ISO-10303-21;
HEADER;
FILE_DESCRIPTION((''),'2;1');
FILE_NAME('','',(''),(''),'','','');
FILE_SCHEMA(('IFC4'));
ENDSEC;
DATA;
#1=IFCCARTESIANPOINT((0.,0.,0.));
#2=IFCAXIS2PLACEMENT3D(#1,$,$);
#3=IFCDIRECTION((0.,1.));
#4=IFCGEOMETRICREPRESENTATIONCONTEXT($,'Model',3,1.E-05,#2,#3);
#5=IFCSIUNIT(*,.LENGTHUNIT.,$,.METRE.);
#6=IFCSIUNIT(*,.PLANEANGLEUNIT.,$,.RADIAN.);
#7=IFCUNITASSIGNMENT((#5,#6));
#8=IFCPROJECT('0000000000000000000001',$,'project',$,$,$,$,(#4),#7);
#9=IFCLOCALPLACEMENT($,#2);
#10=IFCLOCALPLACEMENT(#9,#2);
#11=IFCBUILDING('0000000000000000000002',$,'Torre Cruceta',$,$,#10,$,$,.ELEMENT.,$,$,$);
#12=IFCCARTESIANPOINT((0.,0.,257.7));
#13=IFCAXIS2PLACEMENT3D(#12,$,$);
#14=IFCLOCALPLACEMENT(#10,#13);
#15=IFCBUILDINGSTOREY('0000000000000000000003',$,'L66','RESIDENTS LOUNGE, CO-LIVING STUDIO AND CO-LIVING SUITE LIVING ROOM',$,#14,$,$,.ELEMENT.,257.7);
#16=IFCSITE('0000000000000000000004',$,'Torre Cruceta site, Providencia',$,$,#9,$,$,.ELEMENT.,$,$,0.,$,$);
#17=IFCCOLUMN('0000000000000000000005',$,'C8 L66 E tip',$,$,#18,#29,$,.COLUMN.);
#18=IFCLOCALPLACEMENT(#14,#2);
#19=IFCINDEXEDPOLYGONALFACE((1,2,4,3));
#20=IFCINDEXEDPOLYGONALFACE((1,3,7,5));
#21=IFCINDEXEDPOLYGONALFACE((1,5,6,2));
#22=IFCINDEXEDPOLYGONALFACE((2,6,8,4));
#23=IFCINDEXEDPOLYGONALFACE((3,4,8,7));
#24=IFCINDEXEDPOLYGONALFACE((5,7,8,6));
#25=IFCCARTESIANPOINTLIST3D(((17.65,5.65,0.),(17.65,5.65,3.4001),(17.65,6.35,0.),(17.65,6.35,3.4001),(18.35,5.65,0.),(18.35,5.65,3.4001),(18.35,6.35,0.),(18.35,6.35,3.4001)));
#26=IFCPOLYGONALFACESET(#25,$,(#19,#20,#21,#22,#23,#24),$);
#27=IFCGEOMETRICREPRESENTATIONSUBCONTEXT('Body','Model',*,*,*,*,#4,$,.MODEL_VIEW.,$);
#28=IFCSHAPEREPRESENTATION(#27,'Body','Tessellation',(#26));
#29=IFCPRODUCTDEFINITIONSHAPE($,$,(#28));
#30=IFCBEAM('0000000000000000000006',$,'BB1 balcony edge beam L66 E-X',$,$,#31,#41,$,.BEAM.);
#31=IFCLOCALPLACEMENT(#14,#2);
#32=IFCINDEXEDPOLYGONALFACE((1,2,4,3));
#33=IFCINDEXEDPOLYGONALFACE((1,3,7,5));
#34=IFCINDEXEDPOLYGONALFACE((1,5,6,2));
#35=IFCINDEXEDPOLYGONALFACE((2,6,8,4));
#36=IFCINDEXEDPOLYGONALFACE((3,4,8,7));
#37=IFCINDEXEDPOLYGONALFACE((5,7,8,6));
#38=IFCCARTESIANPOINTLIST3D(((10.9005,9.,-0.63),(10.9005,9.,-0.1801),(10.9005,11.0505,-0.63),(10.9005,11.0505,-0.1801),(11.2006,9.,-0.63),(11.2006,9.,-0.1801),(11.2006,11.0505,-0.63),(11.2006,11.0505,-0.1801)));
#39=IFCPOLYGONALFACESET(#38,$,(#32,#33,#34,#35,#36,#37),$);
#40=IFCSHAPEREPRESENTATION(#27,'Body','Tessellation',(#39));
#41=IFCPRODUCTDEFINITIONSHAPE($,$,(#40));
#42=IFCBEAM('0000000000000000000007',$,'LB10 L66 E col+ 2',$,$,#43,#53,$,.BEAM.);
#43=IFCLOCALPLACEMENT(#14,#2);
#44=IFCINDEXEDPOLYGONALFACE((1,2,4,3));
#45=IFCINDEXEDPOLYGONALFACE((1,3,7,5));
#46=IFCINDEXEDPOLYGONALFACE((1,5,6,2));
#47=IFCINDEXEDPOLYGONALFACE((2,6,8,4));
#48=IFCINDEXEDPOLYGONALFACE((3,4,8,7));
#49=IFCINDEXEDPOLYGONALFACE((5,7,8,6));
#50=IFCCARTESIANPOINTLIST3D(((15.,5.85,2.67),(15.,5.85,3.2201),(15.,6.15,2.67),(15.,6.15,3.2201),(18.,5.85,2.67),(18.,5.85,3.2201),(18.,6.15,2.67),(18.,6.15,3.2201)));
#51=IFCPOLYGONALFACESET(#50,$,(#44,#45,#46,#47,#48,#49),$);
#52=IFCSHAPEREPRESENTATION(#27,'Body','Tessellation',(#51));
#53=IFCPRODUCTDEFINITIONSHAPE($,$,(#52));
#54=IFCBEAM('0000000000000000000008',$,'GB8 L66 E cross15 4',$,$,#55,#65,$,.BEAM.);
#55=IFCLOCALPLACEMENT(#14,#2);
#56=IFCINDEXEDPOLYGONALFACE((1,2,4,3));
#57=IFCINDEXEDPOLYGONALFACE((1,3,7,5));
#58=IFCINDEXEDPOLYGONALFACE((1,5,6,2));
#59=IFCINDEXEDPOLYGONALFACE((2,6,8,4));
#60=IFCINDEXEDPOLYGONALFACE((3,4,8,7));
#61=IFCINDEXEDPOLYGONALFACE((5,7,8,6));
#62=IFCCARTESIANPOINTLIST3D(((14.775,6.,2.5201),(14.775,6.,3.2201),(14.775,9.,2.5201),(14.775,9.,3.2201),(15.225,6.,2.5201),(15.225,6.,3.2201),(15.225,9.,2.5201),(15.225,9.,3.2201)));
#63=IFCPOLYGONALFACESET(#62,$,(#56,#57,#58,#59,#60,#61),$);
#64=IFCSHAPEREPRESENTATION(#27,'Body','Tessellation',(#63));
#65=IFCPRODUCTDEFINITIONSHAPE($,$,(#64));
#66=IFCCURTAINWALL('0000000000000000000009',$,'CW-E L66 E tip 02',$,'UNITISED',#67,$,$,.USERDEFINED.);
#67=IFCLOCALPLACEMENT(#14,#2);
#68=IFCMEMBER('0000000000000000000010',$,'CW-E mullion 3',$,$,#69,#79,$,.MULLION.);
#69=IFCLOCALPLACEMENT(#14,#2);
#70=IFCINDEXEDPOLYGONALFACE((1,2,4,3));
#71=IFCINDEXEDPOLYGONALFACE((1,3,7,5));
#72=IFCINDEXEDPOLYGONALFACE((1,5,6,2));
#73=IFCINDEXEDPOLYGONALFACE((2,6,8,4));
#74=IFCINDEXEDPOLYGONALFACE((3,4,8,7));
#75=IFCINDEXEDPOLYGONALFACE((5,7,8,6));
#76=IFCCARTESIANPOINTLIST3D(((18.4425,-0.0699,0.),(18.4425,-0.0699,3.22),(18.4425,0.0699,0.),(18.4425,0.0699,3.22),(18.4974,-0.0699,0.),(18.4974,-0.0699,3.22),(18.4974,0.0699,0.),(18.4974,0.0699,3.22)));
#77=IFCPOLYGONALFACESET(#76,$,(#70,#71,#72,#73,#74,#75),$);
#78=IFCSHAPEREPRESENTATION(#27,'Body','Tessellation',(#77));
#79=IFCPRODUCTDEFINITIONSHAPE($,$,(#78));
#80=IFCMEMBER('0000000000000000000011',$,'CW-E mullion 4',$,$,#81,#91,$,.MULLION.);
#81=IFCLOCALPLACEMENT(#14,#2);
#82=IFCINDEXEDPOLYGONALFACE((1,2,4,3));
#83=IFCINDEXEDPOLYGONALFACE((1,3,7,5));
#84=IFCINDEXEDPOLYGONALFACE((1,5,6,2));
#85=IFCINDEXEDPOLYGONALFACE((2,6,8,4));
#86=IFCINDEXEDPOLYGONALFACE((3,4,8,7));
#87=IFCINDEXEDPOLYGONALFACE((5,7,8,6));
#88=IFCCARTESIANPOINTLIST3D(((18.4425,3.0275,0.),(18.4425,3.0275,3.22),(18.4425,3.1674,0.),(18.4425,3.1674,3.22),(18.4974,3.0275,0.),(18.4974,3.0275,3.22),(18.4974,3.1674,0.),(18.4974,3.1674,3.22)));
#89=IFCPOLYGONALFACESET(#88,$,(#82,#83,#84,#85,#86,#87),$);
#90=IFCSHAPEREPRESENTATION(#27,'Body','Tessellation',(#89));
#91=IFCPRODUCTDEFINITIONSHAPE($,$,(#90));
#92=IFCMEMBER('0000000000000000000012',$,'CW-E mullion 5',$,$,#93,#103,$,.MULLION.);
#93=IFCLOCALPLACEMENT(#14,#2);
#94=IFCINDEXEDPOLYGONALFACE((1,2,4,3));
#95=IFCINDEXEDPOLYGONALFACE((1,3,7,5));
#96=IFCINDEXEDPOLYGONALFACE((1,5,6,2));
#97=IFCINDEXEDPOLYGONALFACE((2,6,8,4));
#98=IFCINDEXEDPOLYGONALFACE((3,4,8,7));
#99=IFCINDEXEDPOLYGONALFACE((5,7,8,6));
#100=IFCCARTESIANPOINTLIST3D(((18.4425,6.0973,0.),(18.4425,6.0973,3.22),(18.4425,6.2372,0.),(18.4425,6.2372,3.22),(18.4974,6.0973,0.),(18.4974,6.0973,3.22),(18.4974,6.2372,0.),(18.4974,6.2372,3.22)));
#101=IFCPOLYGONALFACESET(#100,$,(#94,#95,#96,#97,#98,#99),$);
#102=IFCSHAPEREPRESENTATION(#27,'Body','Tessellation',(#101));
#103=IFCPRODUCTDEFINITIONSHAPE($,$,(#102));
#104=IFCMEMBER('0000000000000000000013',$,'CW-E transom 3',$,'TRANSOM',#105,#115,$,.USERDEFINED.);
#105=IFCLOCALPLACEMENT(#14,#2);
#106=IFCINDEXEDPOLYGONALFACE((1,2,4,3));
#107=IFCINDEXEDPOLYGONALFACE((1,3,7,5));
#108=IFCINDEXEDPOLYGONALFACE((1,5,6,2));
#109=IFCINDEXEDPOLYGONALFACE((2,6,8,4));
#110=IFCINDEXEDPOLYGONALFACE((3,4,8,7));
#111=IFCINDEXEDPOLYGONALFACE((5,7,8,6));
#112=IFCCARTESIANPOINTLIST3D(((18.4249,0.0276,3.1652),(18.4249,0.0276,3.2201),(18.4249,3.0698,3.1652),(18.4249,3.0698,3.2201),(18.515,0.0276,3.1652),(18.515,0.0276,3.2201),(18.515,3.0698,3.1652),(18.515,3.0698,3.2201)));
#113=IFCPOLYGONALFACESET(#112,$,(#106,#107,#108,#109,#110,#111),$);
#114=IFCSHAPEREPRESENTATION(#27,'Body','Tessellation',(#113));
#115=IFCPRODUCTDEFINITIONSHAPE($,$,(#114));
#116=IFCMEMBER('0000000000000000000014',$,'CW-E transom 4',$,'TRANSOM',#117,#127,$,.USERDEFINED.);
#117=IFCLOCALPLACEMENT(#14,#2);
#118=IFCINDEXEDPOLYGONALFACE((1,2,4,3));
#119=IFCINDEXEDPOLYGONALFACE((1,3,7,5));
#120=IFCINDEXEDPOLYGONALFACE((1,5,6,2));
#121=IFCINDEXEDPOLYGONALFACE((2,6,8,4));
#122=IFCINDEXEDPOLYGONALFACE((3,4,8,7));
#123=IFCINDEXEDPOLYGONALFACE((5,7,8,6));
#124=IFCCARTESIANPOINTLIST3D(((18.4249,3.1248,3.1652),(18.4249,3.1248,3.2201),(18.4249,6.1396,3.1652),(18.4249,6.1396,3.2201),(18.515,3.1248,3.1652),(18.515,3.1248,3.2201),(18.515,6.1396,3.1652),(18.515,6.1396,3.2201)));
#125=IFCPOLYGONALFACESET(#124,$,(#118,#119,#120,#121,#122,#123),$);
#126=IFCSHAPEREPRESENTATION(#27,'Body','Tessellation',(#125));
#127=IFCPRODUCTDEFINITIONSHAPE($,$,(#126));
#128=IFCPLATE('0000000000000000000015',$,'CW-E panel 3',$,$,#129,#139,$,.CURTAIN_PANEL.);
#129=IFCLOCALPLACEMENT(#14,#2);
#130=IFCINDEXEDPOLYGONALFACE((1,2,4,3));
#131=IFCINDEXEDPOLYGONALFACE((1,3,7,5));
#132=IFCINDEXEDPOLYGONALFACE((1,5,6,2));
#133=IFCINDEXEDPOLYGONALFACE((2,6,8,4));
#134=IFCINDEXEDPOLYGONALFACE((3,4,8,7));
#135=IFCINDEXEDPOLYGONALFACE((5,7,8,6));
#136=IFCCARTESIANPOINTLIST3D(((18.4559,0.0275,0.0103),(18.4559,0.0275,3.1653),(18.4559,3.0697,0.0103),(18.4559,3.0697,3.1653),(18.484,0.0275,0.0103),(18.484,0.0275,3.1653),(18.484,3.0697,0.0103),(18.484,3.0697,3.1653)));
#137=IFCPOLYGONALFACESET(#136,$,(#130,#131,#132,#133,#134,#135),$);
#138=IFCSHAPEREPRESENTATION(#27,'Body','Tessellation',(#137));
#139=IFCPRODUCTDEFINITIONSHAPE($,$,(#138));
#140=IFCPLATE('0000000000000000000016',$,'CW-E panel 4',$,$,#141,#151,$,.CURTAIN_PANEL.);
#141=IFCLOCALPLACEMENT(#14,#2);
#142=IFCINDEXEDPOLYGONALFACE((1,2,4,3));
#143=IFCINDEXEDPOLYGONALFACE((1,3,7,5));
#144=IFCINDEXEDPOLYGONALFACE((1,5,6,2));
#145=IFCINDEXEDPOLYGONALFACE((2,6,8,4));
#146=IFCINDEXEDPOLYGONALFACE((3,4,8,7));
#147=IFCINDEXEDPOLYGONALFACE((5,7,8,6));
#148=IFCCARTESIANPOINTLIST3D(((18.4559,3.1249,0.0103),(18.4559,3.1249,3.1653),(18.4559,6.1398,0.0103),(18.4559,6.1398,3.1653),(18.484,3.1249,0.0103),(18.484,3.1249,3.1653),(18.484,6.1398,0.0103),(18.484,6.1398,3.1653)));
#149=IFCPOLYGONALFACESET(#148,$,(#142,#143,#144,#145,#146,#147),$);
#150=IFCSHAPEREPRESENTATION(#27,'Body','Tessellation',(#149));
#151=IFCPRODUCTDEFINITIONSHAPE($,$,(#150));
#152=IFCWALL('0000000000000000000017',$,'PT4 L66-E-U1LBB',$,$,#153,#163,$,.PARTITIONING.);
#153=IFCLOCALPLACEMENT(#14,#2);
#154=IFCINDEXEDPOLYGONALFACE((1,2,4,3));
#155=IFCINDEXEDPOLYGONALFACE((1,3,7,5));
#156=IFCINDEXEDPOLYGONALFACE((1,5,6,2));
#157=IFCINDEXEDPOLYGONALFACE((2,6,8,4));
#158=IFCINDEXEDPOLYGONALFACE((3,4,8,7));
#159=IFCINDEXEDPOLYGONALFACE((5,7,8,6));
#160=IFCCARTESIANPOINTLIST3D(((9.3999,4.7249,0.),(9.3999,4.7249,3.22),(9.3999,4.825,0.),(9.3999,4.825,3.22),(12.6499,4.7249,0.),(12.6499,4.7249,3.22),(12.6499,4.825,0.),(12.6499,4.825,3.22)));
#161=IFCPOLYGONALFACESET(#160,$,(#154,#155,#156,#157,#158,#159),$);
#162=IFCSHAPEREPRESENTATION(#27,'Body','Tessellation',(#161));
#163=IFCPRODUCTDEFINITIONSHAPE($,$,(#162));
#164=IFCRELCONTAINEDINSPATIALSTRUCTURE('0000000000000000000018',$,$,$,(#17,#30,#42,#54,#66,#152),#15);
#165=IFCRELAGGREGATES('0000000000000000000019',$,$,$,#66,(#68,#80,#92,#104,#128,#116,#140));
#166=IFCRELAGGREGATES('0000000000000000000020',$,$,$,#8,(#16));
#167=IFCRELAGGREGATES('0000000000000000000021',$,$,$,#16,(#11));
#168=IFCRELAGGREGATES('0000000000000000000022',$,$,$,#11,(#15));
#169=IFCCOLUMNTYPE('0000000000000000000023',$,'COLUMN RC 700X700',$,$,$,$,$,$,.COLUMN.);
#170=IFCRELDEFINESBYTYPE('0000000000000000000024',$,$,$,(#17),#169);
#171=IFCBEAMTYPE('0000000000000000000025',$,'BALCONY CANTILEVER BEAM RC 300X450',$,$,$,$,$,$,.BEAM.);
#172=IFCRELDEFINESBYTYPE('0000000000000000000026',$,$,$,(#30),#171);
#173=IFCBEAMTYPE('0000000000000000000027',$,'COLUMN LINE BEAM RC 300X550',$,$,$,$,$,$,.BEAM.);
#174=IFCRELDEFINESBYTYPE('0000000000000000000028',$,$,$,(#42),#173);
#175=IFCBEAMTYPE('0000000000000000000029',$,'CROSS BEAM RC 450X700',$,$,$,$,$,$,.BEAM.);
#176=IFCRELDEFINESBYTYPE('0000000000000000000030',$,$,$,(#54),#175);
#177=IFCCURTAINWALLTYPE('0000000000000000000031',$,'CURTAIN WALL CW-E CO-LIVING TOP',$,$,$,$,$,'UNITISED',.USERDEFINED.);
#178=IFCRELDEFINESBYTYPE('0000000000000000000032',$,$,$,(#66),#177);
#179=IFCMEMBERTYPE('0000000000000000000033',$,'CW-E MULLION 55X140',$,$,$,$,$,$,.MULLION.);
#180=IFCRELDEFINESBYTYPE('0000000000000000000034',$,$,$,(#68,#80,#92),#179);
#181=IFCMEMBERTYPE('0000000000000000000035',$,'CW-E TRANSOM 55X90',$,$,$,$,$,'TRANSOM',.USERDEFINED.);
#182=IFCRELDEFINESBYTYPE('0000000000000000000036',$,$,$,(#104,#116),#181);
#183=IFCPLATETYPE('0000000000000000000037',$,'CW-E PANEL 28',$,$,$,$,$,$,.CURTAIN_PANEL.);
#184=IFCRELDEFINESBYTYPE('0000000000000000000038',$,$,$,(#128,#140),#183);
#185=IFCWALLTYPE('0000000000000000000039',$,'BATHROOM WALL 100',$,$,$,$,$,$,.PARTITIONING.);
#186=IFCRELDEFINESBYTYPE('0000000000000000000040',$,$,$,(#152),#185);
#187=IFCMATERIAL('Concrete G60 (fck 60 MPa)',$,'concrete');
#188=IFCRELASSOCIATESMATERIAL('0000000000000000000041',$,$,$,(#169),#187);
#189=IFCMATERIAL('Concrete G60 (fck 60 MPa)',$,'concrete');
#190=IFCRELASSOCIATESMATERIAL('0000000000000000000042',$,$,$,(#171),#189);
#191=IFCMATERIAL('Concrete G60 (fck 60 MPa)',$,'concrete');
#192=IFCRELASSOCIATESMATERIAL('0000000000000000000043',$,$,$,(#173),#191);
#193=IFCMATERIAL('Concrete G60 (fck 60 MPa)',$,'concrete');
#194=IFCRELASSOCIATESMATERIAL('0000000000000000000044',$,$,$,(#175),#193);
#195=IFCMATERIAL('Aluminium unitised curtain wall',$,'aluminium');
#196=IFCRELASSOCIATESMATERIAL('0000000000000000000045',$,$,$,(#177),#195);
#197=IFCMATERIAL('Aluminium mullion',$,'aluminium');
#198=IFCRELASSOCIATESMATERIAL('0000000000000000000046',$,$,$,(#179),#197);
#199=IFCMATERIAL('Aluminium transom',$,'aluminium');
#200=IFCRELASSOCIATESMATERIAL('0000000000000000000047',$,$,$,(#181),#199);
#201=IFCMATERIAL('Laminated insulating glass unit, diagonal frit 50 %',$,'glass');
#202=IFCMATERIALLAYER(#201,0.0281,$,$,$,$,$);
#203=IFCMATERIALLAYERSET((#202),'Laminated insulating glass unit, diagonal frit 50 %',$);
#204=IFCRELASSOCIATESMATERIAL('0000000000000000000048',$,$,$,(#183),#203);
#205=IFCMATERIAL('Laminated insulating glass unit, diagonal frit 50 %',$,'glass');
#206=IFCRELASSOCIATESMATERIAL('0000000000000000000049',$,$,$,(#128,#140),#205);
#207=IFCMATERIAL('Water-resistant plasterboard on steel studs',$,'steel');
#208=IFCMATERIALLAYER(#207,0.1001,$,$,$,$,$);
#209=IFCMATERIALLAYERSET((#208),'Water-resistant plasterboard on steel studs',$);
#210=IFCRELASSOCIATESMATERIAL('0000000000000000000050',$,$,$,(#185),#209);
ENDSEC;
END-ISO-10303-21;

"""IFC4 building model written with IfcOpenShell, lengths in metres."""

from ifc_helpers import new_model, si_unit, direction, frame, frame_2d, origin, origin_2d, place, context, subcontext, project, spatial, rectangle, extrude, material, layer, layer_set, material_profile, profile_set, type_object, element, aggregate, save


model = new_model("IFC4")

# Units and contexts
model_context = context("Model", 3, precision=1e-05, world=origin(), true_north=direction((0.0, 1.0)))
body_context = subcontext(model_context, "Body", "Model", "MODEL_VIEW")
ifc_project = project(units=[si_unit("LENGTHUNIT", "METRE"), si_unit("PLANEANGLEUNIT", "RADIAN")], contexts=[model_context])

# Site, building, storey
site_placement = place(None, origin())
site = spatial("IfcSite", under=ifc_project, at=site_placement, Name="Torre Cruceta site, Providencia", CompositionType="ELEMENT", RefElevation=0.0)
building_placement = place(site_placement, origin())
building = spatial("IfcBuilding", under=site, at=building_placement, Name="Torre Cruceta", CompositionType="ELEMENT")
storey_placement = place(building_placement, frame((0.0, 0.0, 257.7)))
storey = spatial("IfcBuildingStorey", under=building, at=storey_placement, Name="L66", Description="RESIDENTS LOUNGE, CO-LIVING STUDIO AND CO-LIVING SUITE LIVING ROOM", CompositionType="ELEMENT", Elevation=257.7)

# Column
ifc_material_1 = material(Name="Concrete G60 (fck 60 MPa)", Category="concrete")
ifc_material_profile_1 = material_profile(ifc_material_1, rectangle(XDim=0.7, YDim=0.7, at=origin_2d()), Name="RC 700X700")
ifc_profile_set_1 = profile_set([ifc_material_profile_1], Name="Concrete G60 (fck 60 MPa)")
column_type = type_object("IfcColumnType", Name="COLUMN RC 700X700", PredefinedType="COLUMN", material=ifc_profile_set_1)
column_placement = place(storey_placement, frame((18.0, 6.0, 0.0), z_axis=(0.0, 0.0, 1.0), x_axis=(1.0, 0.0, 0.0)))
element("IfcColumn", 1, at=column_placement, inside=storey, type_object=column_type, Name="C8 L66 E tip", PredefinedType="COLUMN", context=body_context, shape_type="SweptSolid", body=[
    extrude(rectangle(XDim=0.7, YDim=0.7, at=origin_2d()), origin(), (0.0, 0.0, 1.0), 3.4001),
])

# Beams
ifc_material_2 = material(Name="Concrete G60 (fck 60 MPa)", Category="concrete")
ifc_material_profile_2 = material_profile(ifc_material_2, rectangle(XDim=0.3, YDim=0.45, at=origin_2d()), Name="RC 300X450")
ifc_profile_set_2 = profile_set([ifc_material_profile_2], Name="Concrete G60 (fck 60 MPa)")
beam_type_1 = type_object("IfcBeamType", Name="BALCONY CANTILEVER BEAM RC 300X450", PredefinedType="BEAM", material=ifc_profile_set_2)
beam_1_placement = place(storey_placement, frame((11.0505, 9.0, -0.405), z_axis=(0.0, 1.0, 0.0), x_axis=(-1.0, 0.0, 0.0)))
element("IfcBeam", 2, at=beam_1_placement, inside=storey, type_object=beam_type_1, Name="BB1 balcony edge beam L66 E-X", PredefinedType="BEAM", context=body_context, shape_type="SweptSolid", body=[
    extrude(rectangle(XDim=0.3, YDim=0.45, at=origin_2d()), origin(), (0.0, 0.0, 1.0), 2.0505),
])
ifc_material_3 = material(Name="Concrete G60 (fck 60 MPa)", Category="concrete")
ifc_material_profile_3 = material_profile(ifc_material_3, rectangle(XDim=0.3, YDim=0.55, at=origin_2d()), Name="RC 300X550")
ifc_profile_set_3 = profile_set([ifc_material_profile_3], Name="Concrete G60 (fck 60 MPa)")
beam_type_2 = type_object("IfcBeamType", Name="COLUMN LINE BEAM RC 300X550", PredefinedType="BEAM", material=ifc_profile_set_3)
beam_2_placement = place(storey_placement, frame((15.0, 6.0, 2.9451), z_axis=(1.0, 0.0, 0.0), x_axis=(0.0, 1.0, 0.0)))
element("IfcBeam", 3, at=beam_2_placement, inside=storey, type_object=beam_type_2, Name="LB10 L66 E col+ 2", PredefinedType="BEAM", context=body_context, shape_type="SweptSolid", body=[
    extrude(rectangle(XDim=0.3, YDim=0.55, at=origin_2d()), origin(), (0.0, 0.0, 1.0), 3.0),
])
ifc_material_4 = material(Name="Concrete G60 (fck 60 MPa)", Category="concrete")
ifc_material_profile_4 = material_profile(ifc_material_4, rectangle(XDim=0.45, YDim=0.7, at=origin_2d()), Name="RC 450X700")
ifc_profile_set_4 = profile_set([ifc_material_profile_4], Name="Concrete G60 (fck 60 MPa)")
beam_type_3 = type_object("IfcBeamType", Name="CROSS BEAM RC 450X700", PredefinedType="BEAM", material=ifc_profile_set_4)
beam_3_placement = place(storey_placement, frame((15.0, 6.0, 2.8701), z_axis=(0.0, 1.0, 0.0), x_axis=(-1.0, 0.0, 0.0)))
element("IfcBeam", 4, at=beam_3_placement, inside=storey, type_object=beam_type_3, Name="GB8 L66 E cross15 4", PredefinedType="BEAM", context=body_context, shape_type="SweptSolid", body=[
    extrude(rectangle(XDim=0.45, YDim=0.7, at=origin_2d()), origin(), (0.0, 0.0, 1.0), 3.0),
])

# Curtain wall, members, plates
ifc_material_5 = material(Name="Aluminium unitised curtain wall", Category="aluminium")
curtain_wall_type = type_object("IfcCurtainWallType", Name="CURTAIN WALL CW-E CO-LIVING TOP", ElementType="UNITISED", PredefinedType="USERDEFINED", material=ifc_material_5)
curtain_wall_placement = place(storey_placement, origin())
curtain_wall = element("IfcCurtainWall", 5, at=curtain_wall_placement, inside=storey, type_object=curtain_wall_type, Name="CW-E L66 E tip 02", ObjectType="UNITISED", PredefinedType="USERDEFINED")
ifc_material_6 = material(Name="Aluminium mullion", Category="aluminium")
ifc_material_profile_5 = material_profile(ifc_material_6, rectangle(XDim=0.0549, YDim=0.1399, at=origin_2d()), Name="AL 55X140")
ifc_profile_set_5 = profile_set([ifc_material_profile_5], Name="Aluminium mullion")
member_type_1 = type_object("IfcMemberType", Name="CW-E MULLION 55X140", PredefinedType="MULLION", material=ifc_profile_set_5)
member_1_placement = place(storey_placement, frame((18.47, 0.0, 0.0), z_axis=(0.0, 0.0, 1.0), x_axis=(-1.0, 0.0, 0.0)))
member_1 = element("IfcMember", 6, at=member_1_placement, type_object=member_type_1, Name="CW-E mullion 3", PredefinedType="MULLION", context=body_context, shape_type="SweptSolid", body=[
    extrude(rectangle(XDim=0.0549, YDim=0.1399, at=origin_2d()), origin(), (0.0, 0.0, 1.0), 3.22),
])
member_2_placement = place(storey_placement, frame((18.47, 3.0974, 0.0), z_axis=(0.0, 0.0, 1.0), x_axis=(-1.0, 0.0, 0.0)))
member_2 = element("IfcMember", 7, at=member_2_placement, type_object=member_type_1, Name="CW-E mullion 4", PredefinedType="MULLION", context=body_context, shape_type="SweptSolid", body=[
    extrude(rectangle(XDim=0.0549, YDim=0.1399, at=origin_2d()), origin(), (0.0, 0.0, 1.0), 3.22),
])
member_3_placement = place(storey_placement, frame((18.47, 6.1672, 0.0), z_axis=(0.0, 0.0, 1.0), x_axis=(-1.0, 0.0, 0.0)))
member_3 = element("IfcMember", 8, at=member_3_placement, type_object=member_type_1, Name="CW-E mullion 5", PredefinedType="MULLION", context=body_context, shape_type="SweptSolid", body=[
    extrude(rectangle(XDim=0.0549, YDim=0.1399, at=origin_2d()), origin(), (0.0, 0.0, 1.0), 3.22),
])
ifc_material_7 = material(Name="Aluminium transom", Category="aluminium")
ifc_material_profile_6 = material_profile(ifc_material_7, rectangle(XDim=0.0901, YDim=0.0549, at=origin_2d()), Name="AL 90X55")
ifc_profile_set_6 = profile_set([ifc_material_profile_6], Name="Aluminium transom")
member_type_2 = type_object("IfcMemberType", Name="CW-E TRANSOM 55X90", ElementType="TRANSOM", PredefinedType="USERDEFINED", material=ifc_profile_set_6)
member_4_placement = place(storey_placement, frame((18.47, 0.0276, 3.1926), z_axis=(0.0, 1.0, 0.0), x_axis=(-1.0, 0.0, 0.0)))
member_4 = element("IfcMember", 9, at=member_4_placement, type_object=member_type_2, Name="CW-E transom 3", ObjectType="TRANSOM", PredefinedType="USERDEFINED", context=body_context, shape_type="SweptSolid", body=[
    extrude(rectangle(XDim=0.0901, YDim=0.0549, at=origin_2d()), origin(), (0.0, 0.0, 1.0), 3.0422),
])
member_5_placement = place(storey_placement, frame((18.47, 3.1248, 3.1926), z_axis=(0.0, 1.0, 0.0), x_axis=(-1.0, 0.0, 0.0)))
member_5 = element("IfcMember", 10, at=member_5_placement, type_object=member_type_2, Name="CW-E transom 4", ObjectType="TRANSOM", PredefinedType="USERDEFINED", context=body_context, shape_type="SweptSolid", body=[
    extrude(rectangle(XDim=0.0901, YDim=0.0549, at=origin_2d()), origin(), (0.0, 0.0, 1.0), 3.0149),
])
ifc_material_8 = material(Name="Laminated insulating glass unit, diagonal frit 50 %", Category="glass")
ifc_material_9 = material(Name="Laminated insulating glass unit, diagonal frit 50 %", Category="glass")
ifc_layer_1 = layer(ifc_material_9, 0.0281)
ifc_layer_set_1 = layer_set([ifc_layer_1], Name="Laminated insulating glass unit, diagonal frit 50 %")
plate_type = type_object("IfcPlateType", Name="CW-E PANEL 28", PredefinedType="CURTAIN_PANEL", material=ifc_layer_set_1)
plate_1_placement = place(storey_placement, frame((18.47, 1.5486, 0.0103), z_axis=(0.0, 0.0, 1.0), x_axis=(0.0, 1.0, 0.0)))
plate_1 = element("IfcPlate", 11, at=plate_1_placement, type_object=plate_type, material=ifc_material_8, Name="CW-E panel 3", PredefinedType="CURTAIN_PANEL", context=body_context, shape_type="SweptSolid", body=[
    extrude(rectangle(XDim=3.0422, YDim=0.0281, at=origin_2d()), origin(), (0.0, 0.0, 1.0), 3.155),
])
plate_2_placement = place(storey_placement, frame((18.47, 4.6323, 0.0103), z_axis=(0.0, 0.0, 1.0), x_axis=(0.0, 1.0, 0.0)))
plate_2 = element("IfcPlate", 12, at=plate_2_placement, type_object=plate_type, material=ifc_material_8, Name="CW-E panel 4", PredefinedType="CURTAIN_PANEL", context=body_context, shape_type="SweptSolid", body=[
    extrude(rectangle(XDim=3.0149, YDim=0.0281, at=origin_2d()), origin(), (0.0, 0.0, 1.0), 3.155),
])
aggregate(curtain_wall, [member_1, member_2, member_3, member_4, plate_1, member_5, plate_2])

# Wall
ifc_material_10 = material(Name="Water-resistant plasterboard on steel studs", Category="steel")
ifc_layer_2 = layer(ifc_material_10, 0.1001)
ifc_layer_set_2 = layer_set([ifc_layer_2], Name="Water-resistant plasterboard on steel studs")
wall_type_1 = type_object("IfcWallType", Name="BATHROOM WALL 100", PredefinedType="PARTITIONING", material=ifc_layer_set_2)
wall_1_placement = place(storey_placement, frame((9.3999, 4.7749, 0.0), z_axis=(0.0, 0.0, 1.0), x_axis=(1.0, 0.0, 0.0)))
element("IfcWall", 13, at=wall_1_placement, inside=storey, type_object=wall_type_1, Name="PT4 L66-E-U1LBB", PredefinedType="PARTITIONING", context=body_context, shape_type="SweptSolid", body=[
    extrude(rectangle(XDim=3.25, YDim=0.1001, at=frame_2d((1.625, 0.0))), origin(), (0.0, 0.0, 1.0), 3.22),
])

save(model, "model.ifc")
